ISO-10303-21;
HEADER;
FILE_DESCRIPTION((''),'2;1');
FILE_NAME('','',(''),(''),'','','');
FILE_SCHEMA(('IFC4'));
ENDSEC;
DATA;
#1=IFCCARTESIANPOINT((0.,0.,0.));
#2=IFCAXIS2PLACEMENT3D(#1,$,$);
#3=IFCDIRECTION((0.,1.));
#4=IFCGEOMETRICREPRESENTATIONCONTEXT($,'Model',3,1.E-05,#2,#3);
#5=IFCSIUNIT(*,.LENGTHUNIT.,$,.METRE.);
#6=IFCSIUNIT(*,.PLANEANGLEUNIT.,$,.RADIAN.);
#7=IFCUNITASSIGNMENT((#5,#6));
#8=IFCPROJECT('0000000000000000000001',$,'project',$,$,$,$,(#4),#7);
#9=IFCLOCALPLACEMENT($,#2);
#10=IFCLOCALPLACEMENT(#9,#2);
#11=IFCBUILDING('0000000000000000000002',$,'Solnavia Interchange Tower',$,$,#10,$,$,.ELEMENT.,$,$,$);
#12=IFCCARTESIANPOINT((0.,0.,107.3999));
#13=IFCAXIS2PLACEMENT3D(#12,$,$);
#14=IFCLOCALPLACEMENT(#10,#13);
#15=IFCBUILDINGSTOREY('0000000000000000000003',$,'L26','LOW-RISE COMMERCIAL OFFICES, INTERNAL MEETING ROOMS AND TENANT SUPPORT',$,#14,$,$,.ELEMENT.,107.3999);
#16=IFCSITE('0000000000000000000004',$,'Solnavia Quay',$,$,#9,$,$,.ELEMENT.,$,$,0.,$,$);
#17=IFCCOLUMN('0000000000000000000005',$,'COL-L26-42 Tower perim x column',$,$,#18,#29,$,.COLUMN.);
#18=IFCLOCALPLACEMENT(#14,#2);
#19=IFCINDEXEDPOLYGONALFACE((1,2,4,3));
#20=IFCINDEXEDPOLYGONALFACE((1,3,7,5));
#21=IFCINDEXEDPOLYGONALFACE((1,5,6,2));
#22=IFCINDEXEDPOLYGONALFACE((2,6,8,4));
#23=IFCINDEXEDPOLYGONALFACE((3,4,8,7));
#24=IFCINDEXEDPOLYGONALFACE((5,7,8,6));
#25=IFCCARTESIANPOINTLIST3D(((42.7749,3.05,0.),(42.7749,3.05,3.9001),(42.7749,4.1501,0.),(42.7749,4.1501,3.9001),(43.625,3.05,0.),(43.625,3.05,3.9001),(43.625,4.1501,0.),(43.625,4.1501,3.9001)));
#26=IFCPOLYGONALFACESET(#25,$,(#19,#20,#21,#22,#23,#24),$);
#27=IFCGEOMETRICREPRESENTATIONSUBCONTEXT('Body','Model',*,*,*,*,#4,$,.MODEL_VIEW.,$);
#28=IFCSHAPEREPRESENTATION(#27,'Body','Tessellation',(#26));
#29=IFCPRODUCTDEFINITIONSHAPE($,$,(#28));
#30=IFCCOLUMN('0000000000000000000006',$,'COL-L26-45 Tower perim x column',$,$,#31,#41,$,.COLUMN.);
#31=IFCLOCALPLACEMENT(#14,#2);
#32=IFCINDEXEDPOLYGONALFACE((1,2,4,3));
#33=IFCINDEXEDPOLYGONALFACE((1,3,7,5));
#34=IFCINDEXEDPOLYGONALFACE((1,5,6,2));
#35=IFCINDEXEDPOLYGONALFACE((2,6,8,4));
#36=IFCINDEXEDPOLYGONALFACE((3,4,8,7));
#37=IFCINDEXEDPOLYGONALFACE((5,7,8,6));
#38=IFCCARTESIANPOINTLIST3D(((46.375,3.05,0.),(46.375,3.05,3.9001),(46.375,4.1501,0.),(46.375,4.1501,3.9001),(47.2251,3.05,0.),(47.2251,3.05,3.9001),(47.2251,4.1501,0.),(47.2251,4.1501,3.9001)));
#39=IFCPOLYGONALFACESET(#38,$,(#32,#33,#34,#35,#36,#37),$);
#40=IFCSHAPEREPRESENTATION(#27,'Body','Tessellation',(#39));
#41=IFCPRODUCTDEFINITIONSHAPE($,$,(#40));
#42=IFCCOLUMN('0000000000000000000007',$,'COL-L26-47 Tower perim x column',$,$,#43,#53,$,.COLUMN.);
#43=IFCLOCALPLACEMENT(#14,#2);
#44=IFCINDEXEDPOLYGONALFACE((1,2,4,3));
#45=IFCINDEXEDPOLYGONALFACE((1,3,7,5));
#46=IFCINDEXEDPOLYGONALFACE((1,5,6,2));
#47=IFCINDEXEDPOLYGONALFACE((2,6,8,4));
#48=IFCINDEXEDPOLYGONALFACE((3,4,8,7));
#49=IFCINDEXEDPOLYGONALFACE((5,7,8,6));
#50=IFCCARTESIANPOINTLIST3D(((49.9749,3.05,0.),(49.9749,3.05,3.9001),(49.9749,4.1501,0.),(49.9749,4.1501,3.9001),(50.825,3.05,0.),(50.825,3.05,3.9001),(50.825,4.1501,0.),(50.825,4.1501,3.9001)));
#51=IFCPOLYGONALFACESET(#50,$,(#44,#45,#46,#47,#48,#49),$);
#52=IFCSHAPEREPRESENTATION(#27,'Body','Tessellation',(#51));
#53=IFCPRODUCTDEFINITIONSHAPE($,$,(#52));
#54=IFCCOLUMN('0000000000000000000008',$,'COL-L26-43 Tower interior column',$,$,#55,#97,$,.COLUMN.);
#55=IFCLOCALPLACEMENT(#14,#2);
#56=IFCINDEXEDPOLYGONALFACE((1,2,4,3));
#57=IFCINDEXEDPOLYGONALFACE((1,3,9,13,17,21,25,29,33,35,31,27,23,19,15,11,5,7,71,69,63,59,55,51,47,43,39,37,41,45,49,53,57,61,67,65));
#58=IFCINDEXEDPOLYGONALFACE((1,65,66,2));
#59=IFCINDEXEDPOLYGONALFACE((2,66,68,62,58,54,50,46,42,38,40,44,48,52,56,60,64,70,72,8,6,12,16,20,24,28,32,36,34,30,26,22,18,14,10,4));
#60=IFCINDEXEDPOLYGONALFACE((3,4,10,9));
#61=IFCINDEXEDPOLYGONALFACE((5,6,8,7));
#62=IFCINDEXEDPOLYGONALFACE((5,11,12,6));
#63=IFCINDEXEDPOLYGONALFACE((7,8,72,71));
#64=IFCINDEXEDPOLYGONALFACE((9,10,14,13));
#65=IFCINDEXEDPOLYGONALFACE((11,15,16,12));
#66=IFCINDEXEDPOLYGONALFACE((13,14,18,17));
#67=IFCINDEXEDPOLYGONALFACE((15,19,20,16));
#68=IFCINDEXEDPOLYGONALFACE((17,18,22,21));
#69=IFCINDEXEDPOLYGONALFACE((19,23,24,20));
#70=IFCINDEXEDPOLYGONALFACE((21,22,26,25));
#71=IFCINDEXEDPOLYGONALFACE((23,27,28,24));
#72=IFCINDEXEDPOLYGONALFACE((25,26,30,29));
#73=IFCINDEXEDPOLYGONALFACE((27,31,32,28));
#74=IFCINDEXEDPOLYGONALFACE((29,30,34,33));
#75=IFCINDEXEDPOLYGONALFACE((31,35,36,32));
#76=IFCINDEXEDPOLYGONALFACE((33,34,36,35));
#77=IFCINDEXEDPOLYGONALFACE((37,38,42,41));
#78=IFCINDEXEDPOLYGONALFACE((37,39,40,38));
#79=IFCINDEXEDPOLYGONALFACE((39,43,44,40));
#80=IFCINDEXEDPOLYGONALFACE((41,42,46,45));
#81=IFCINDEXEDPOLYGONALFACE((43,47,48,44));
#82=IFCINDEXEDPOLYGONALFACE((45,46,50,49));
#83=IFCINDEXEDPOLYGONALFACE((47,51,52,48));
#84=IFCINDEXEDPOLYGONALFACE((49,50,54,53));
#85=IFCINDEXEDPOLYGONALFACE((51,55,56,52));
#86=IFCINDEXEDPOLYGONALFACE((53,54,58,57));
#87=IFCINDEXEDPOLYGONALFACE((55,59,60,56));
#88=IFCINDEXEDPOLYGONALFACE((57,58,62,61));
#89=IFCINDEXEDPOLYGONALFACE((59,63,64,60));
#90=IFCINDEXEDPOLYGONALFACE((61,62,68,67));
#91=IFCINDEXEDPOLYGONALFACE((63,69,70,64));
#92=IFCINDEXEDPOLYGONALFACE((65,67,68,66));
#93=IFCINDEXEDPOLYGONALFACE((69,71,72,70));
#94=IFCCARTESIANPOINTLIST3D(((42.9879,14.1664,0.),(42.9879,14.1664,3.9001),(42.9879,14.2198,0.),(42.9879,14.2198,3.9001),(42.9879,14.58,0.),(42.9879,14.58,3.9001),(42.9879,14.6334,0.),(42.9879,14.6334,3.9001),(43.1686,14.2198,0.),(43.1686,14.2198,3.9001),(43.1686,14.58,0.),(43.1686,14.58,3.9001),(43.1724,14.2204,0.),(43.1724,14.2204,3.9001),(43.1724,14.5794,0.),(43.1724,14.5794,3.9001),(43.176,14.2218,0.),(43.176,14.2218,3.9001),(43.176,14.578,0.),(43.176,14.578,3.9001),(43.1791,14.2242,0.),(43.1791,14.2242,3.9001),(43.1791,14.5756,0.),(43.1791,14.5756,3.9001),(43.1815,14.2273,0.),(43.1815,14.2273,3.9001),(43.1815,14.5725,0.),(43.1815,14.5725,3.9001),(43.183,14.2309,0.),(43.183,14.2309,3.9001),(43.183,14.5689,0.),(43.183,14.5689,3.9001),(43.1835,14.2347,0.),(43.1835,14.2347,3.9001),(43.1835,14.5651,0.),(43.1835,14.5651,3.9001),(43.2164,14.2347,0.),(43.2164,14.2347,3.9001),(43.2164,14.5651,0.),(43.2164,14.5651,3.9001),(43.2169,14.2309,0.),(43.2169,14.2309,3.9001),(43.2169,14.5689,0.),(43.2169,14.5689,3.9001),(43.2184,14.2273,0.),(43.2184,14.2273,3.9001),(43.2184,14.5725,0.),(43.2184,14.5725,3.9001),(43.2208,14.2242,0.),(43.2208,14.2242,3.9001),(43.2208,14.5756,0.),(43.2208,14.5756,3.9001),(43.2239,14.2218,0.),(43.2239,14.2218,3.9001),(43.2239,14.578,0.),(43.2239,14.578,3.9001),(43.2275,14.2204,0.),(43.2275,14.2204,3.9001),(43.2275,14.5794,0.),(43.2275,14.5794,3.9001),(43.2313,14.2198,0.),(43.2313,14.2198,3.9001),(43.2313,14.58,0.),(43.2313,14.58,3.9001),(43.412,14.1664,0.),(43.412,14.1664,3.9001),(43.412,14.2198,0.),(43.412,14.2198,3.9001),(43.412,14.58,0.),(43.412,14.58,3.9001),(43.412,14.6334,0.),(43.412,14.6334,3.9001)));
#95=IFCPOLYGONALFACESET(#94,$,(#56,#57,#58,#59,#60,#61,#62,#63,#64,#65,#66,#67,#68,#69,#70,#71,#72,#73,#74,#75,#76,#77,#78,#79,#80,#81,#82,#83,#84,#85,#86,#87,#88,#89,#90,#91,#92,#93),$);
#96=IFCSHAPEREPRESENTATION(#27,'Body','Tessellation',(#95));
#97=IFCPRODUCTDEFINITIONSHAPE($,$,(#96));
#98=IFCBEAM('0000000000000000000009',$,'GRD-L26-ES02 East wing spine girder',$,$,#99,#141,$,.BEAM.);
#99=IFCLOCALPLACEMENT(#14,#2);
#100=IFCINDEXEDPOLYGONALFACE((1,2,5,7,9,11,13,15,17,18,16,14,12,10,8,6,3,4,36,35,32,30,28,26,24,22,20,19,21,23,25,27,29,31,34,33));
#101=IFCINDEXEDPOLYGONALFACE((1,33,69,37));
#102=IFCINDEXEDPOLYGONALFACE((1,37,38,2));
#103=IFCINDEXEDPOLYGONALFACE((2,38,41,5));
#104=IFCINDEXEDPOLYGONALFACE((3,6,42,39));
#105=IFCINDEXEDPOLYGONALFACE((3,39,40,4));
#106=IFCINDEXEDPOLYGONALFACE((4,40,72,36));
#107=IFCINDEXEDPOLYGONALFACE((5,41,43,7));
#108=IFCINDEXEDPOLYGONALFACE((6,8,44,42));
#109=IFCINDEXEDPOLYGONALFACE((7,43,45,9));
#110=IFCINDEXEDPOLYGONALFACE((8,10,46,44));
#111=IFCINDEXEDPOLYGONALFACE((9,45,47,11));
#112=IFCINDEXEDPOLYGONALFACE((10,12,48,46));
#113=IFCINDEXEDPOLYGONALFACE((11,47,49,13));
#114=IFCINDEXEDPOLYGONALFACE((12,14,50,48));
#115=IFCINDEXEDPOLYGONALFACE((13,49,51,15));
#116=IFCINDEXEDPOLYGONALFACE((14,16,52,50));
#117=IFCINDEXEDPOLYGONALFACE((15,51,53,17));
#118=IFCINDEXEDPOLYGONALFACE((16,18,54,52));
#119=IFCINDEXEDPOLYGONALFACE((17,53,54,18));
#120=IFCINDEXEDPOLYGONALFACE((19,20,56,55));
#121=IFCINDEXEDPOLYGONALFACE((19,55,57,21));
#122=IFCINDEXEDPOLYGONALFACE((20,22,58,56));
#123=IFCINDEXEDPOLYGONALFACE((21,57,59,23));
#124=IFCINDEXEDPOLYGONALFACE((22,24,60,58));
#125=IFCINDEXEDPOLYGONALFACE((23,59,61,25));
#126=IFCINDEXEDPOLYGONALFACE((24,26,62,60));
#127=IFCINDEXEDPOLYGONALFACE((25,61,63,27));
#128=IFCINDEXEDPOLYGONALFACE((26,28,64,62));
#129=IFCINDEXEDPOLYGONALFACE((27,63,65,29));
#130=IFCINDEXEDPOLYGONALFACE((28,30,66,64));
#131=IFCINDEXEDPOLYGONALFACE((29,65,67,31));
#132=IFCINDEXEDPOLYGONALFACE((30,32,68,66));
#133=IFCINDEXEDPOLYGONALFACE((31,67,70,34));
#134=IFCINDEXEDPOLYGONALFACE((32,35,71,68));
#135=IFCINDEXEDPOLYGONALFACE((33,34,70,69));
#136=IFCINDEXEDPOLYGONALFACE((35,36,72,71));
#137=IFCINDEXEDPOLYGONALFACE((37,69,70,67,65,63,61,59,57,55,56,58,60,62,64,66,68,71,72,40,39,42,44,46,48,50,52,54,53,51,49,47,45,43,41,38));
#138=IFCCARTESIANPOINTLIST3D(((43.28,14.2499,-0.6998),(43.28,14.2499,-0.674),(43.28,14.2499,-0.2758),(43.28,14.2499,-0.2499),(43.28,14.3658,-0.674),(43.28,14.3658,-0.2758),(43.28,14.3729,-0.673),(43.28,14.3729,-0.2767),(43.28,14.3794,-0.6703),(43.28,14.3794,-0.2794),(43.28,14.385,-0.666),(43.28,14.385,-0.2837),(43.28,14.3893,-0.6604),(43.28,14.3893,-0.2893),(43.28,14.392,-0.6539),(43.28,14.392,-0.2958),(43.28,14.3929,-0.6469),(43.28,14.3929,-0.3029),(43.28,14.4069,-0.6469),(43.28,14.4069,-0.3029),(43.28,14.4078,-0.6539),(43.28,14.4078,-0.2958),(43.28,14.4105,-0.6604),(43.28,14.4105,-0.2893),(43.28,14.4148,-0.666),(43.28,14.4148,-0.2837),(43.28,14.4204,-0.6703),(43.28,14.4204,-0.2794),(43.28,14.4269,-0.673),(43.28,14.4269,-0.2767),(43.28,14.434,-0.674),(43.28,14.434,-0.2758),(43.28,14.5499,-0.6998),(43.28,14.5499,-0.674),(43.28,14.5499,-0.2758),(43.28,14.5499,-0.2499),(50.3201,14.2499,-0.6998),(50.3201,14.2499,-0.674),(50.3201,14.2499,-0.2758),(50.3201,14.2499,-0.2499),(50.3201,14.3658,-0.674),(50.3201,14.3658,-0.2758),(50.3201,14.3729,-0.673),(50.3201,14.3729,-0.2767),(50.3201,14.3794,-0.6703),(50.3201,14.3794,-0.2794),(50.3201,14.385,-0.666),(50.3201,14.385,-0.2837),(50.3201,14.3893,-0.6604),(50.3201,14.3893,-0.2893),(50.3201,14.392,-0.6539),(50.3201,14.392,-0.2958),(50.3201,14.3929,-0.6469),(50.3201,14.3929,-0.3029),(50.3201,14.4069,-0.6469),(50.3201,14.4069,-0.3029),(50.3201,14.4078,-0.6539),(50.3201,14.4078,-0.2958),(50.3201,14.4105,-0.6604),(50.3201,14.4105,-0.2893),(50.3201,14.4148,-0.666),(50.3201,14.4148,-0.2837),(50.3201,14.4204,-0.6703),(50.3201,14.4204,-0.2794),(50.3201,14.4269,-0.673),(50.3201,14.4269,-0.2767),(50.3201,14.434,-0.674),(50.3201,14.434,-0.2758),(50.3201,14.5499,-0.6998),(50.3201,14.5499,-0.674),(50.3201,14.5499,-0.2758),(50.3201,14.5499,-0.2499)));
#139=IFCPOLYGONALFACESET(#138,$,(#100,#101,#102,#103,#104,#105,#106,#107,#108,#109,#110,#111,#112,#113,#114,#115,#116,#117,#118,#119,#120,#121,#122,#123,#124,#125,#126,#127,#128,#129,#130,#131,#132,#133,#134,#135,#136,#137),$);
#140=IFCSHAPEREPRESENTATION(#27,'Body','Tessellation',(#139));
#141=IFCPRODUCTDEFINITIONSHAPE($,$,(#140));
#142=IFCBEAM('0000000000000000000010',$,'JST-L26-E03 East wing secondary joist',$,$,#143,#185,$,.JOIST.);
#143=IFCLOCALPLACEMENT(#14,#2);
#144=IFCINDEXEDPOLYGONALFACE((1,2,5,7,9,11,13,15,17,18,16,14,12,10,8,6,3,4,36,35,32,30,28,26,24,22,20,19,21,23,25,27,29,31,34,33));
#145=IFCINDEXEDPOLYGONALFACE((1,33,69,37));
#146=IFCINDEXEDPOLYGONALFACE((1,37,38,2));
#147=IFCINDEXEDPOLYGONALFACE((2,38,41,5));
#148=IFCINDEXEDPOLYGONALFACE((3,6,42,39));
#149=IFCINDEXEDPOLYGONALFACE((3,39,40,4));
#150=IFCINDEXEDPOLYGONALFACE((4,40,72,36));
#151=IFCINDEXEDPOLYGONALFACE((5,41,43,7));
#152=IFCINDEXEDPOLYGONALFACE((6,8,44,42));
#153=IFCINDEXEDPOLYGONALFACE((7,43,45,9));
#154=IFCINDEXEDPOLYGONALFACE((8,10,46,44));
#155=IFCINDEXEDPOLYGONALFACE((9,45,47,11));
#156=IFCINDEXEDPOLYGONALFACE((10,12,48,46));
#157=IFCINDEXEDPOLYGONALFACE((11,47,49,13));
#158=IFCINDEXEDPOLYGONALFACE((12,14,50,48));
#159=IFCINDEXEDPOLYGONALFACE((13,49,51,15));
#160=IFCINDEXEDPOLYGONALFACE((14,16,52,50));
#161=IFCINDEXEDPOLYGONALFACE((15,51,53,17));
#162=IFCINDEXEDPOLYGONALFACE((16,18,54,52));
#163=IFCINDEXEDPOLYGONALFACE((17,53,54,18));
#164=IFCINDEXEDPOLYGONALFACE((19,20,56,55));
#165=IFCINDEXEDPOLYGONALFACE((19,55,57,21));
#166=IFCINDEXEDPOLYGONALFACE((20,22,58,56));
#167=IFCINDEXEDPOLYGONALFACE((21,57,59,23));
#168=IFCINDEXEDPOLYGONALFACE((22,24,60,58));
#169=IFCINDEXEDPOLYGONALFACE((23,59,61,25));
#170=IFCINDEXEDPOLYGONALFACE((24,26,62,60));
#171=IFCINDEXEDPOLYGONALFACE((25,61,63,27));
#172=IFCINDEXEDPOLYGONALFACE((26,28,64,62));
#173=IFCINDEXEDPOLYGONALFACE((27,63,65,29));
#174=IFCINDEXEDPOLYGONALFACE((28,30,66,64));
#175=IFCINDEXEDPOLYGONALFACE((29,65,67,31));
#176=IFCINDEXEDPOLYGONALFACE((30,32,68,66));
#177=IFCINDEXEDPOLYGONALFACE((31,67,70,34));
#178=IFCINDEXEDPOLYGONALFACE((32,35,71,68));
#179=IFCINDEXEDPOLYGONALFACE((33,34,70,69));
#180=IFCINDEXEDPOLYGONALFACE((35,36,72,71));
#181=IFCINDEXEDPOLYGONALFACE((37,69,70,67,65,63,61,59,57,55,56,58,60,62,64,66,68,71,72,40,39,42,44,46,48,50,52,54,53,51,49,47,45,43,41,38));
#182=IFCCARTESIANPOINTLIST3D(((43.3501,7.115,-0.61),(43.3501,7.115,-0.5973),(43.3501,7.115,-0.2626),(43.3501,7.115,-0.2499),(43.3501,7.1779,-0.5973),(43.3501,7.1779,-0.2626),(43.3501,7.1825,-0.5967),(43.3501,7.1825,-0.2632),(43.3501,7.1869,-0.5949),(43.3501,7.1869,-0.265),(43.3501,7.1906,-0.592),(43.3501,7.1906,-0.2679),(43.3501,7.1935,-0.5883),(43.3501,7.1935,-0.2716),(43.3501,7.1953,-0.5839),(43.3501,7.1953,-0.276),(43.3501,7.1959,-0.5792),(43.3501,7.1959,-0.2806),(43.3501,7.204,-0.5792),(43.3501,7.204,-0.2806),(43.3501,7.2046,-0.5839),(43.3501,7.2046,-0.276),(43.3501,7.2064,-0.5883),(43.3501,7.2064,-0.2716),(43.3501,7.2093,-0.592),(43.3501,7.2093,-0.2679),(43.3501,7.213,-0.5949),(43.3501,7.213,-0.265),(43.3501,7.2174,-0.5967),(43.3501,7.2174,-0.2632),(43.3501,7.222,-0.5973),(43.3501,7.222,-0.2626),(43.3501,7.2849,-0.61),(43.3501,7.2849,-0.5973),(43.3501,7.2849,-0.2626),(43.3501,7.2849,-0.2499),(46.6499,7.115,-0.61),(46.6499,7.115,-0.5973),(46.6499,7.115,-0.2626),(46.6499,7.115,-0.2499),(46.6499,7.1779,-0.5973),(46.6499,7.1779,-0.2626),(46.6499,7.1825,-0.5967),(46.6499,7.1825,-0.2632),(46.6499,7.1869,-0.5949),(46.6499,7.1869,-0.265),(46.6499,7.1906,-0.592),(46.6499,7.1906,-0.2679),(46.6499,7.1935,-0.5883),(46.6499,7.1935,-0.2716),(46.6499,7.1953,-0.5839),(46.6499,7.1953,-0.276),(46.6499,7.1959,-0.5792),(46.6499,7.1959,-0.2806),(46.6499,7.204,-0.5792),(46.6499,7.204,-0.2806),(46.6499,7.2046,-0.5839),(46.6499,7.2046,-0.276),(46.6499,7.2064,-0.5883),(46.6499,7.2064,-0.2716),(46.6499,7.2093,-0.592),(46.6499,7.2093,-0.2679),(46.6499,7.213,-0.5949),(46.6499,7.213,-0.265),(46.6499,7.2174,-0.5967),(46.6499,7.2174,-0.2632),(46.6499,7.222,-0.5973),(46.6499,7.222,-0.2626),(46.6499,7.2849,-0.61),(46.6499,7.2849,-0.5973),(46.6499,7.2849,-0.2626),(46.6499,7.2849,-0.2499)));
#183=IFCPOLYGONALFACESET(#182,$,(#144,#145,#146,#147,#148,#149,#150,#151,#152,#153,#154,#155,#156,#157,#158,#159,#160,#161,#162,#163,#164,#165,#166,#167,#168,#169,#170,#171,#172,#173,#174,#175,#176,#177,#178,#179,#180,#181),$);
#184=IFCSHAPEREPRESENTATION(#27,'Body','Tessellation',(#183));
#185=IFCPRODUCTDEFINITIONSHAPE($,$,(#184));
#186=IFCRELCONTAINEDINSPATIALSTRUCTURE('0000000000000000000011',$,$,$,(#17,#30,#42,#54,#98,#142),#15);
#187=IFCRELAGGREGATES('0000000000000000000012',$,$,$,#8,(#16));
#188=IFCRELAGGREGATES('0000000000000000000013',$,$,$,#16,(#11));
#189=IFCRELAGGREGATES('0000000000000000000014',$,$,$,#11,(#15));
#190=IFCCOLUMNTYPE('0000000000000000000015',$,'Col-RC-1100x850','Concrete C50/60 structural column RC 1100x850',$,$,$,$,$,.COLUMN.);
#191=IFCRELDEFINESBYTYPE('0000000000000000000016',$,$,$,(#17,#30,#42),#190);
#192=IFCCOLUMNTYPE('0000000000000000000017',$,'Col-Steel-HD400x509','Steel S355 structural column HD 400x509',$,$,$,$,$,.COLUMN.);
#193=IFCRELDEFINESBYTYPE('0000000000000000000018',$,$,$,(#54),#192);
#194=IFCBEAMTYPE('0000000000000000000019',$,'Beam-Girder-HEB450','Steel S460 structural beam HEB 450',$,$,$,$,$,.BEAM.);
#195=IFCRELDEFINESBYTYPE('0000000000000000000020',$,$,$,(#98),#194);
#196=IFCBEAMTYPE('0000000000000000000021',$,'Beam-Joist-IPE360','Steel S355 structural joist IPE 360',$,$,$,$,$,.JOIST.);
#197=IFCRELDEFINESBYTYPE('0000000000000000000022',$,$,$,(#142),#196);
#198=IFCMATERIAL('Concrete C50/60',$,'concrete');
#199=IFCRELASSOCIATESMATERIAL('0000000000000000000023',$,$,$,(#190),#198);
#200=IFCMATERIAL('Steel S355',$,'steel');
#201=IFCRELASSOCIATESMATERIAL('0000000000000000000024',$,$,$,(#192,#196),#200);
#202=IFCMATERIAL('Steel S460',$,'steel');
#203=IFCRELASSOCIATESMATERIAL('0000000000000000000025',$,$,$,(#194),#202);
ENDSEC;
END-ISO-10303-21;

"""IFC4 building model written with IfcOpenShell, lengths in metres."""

from ifc_helpers import new_model, si_unit, direction, frame, origin, origin_2d, place, context, subcontext, project, spatial, rectangle, i_section, extrude, material, material_profile, profile_set, type_object, element, save


model = new_model("IFC4")

# Units and contexts
model_context = context("Model", 3, precision=1e-05, world=origin(), true_north=direction((0.0, 1.0)))
body_context = subcontext(model_context, "Body", "Model", "MODEL_VIEW")
ifc_project = project(units=[si_unit("LENGTHUNIT", "METRE"), si_unit("PLANEANGLEUNIT", "RADIAN")], contexts=[model_context])

# Site, building, storey
site_placement = place(None, origin())
site = spatial("IfcSite", under=ifc_project, at=site_placement, Name="Solnavia Quay", CompositionType="ELEMENT", RefElevation=0.0)
building_placement = place(site_placement, origin())
building = spatial("IfcBuilding", under=site, at=building_placement, Name="Solnavia Interchange Tower", CompositionType="ELEMENT")
storey_placement = place(building_placement, frame((0.0, 0.0, 107.3999)))
storey = spatial("IfcBuildingStorey", under=building, at=storey_placement, Name="L26", Description="LOW-RISE COMMERCIAL OFFICES, INTERNAL MEETING ROOMS AND TENANT SUPPORT", CompositionType="ELEMENT", Elevation=107.3999)

# Columns
ifc_material_1 = material(Name="Concrete C50/60", Category="concrete")
ifc_material_profile_1 = material_profile(ifc_material_1, rectangle(XDim=0.8501, YDim=1.1001, at=origin_2d()), Name="RC 1100x850")
ifc_profile_set_1 = profile_set([ifc_material_profile_1], Name="Concrete C50/60")
column_type_1 = type_object("IfcColumnType", Name="Col-RC-1100x850", Description="Concrete C50/60 structural column RC 1100x850", PredefinedType="COLUMN", material=ifc_profile_set_1)
for number, where, z_axis, x_axis, name in (
    (1, (43.2, 3.6001, 0.0), (0.0, 0.0, 1.0), (1.0, 0.0, 0.0), "COL-L26-42 Tower perim x column"),
    (2, (46.8, 3.6001, 0.0), (0.0, 0.0, 1.0), (1.0, 0.0, 0.0), "COL-L26-45 Tower perim x column"),
    (3, (50.3999, 3.6001, 0.0), (0.0, 0.0, 1.0), (1.0, 0.0, 0.0), "COL-L26-47 Tower perim x column"),
):
    element("IfcColumn", number, at=place(storey_placement, frame(where, z_axis=z_axis, x_axis=x_axis)), inside=storey, type_object=column_type_1, Name=name, PredefinedType="COLUMN", context=body_context, shape_type="SweptSolid", body=[
        extrude(rectangle(XDim=0.8501, YDim=1.1001, at=origin_2d()), origin(), (0.0, 0.0, 1.0), 3.9001),
    ])
ifc_material_2 = material(Name="Steel S355", Category="steel")
ifc_material_profile_2 = material_profile(ifc_material_2, i_section(OverallWidth=0.4241, OverallDepth=0.467, WebThickness=0.033, FlangeThickness=0.0535, FilletRadius=0.0149, at=origin_2d()), Name="HD 400x509")
ifc_profile_set_2 = profile_set([ifc_material_profile_2], Name="Steel S355")
column_type_2 = type_object("IfcColumnType", Name="Col-Steel-HD400x509", Description="Steel S355 structural column HD 400x509", PredefinedType="COLUMN", material=ifc_profile_set_2)
column_placement = place(storey_placement, frame((43.2, 14.3999, 0.0), z_axis=(0.0, 0.0, 1.0), x_axis=(1.0, 0.0, 0.0)))
element("IfcColumn", 4, at=column_placement, inside=storey, type_object=column_type_2, Name="COL-L26-43 Tower interior column", PredefinedType="COLUMN", context=body_context, shape_type="SweptSolid", body=[
    extrude(i_section(OverallWidth=0.4241, OverallDepth=0.467, WebThickness=0.033, FlangeThickness=0.0535, FilletRadius=0.0149, at=origin_2d()), origin(), (0.0, 0.0, 1.0), 3.9001),
])

# Beams
ifc_material_3 = material(Name="Steel S460", Category="steel")
ifc_material_profile_3 = material_profile(ifc_material_3, i_section(OverallWidth=0.3, OverallDepth=0.45, WebThickness=0.0139, FlangeThickness=0.0259, FilletRadius=0.0271, at=origin_2d()), Name="HEB 450")
ifc_profile_set_3 = profile_set([ifc_material_profile_3], Name="Steel S460")
beam_type_1 = type_object("IfcBeamType", Name="Beam-Girder-HEB450", Description="Steel S460 structural beam HEB 450", PredefinedType="BEAM", material=ifc_profile_set_3)
beam_1_placement = place(storey_placement, frame((43.28, 14.3999, -0.4749), z_axis=(1.0, 0.0, 0.0), x_axis=(0.0, 1.0, 0.0)))
element("IfcBeam", 5, at=beam_1_placement, inside=storey, type_object=beam_type_1, Name="GRD-L26-ES02 East wing spine girder", PredefinedType="BEAM", context=body_context, shape_type="SweptSolid", body=[
    extrude(i_section(OverallWidth=0.3, OverallDepth=0.45, WebThickness=0.0139, FlangeThickness=0.0259, FilletRadius=0.0271, at=origin_2d()), origin(), (0.0, 0.0, 1.0), 7.04),
])
ifc_material_profile_4 = material_profile(ifc_material_2, i_section(OverallWidth=0.1699, OverallDepth=0.3601, WebThickness=0.0081, FlangeThickness=0.0127, FilletRadius=0.0181, at=origin_2d()), Name="IPE 360")
ifc_profile_set_4 = profile_set([ifc_material_profile_4], Name="Steel S355")
beam_type_2 = type_object("IfcBeamType", Name="Beam-Joist-IPE360", Description="Steel S355 structural joist IPE 360", PredefinedType="JOIST", material=ifc_profile_set_4)
beam_2_placement = place(storey_placement, frame((43.3501, 7.2, -0.4299), z_axis=(1.0, 0.0, 0.0), x_axis=(0.0, 1.0, 0.0)))
element("IfcBeam", 6, at=beam_2_placement, inside=storey, type_object=beam_type_2, Name="JST-L26-E03 East wing secondary joist", PredefinedType="JOIST", context=body_context, shape_type="SweptSolid", body=[
    extrude(i_section(OverallWidth=0.1699, OverallDepth=0.3601, WebThickness=0.0081, FlangeThickness=0.0127, FilletRadius=0.0181, at=origin_2d()), origin(), (0.0, 0.0, 1.0), 3.2998),
])

save(model, "model.ifc")
